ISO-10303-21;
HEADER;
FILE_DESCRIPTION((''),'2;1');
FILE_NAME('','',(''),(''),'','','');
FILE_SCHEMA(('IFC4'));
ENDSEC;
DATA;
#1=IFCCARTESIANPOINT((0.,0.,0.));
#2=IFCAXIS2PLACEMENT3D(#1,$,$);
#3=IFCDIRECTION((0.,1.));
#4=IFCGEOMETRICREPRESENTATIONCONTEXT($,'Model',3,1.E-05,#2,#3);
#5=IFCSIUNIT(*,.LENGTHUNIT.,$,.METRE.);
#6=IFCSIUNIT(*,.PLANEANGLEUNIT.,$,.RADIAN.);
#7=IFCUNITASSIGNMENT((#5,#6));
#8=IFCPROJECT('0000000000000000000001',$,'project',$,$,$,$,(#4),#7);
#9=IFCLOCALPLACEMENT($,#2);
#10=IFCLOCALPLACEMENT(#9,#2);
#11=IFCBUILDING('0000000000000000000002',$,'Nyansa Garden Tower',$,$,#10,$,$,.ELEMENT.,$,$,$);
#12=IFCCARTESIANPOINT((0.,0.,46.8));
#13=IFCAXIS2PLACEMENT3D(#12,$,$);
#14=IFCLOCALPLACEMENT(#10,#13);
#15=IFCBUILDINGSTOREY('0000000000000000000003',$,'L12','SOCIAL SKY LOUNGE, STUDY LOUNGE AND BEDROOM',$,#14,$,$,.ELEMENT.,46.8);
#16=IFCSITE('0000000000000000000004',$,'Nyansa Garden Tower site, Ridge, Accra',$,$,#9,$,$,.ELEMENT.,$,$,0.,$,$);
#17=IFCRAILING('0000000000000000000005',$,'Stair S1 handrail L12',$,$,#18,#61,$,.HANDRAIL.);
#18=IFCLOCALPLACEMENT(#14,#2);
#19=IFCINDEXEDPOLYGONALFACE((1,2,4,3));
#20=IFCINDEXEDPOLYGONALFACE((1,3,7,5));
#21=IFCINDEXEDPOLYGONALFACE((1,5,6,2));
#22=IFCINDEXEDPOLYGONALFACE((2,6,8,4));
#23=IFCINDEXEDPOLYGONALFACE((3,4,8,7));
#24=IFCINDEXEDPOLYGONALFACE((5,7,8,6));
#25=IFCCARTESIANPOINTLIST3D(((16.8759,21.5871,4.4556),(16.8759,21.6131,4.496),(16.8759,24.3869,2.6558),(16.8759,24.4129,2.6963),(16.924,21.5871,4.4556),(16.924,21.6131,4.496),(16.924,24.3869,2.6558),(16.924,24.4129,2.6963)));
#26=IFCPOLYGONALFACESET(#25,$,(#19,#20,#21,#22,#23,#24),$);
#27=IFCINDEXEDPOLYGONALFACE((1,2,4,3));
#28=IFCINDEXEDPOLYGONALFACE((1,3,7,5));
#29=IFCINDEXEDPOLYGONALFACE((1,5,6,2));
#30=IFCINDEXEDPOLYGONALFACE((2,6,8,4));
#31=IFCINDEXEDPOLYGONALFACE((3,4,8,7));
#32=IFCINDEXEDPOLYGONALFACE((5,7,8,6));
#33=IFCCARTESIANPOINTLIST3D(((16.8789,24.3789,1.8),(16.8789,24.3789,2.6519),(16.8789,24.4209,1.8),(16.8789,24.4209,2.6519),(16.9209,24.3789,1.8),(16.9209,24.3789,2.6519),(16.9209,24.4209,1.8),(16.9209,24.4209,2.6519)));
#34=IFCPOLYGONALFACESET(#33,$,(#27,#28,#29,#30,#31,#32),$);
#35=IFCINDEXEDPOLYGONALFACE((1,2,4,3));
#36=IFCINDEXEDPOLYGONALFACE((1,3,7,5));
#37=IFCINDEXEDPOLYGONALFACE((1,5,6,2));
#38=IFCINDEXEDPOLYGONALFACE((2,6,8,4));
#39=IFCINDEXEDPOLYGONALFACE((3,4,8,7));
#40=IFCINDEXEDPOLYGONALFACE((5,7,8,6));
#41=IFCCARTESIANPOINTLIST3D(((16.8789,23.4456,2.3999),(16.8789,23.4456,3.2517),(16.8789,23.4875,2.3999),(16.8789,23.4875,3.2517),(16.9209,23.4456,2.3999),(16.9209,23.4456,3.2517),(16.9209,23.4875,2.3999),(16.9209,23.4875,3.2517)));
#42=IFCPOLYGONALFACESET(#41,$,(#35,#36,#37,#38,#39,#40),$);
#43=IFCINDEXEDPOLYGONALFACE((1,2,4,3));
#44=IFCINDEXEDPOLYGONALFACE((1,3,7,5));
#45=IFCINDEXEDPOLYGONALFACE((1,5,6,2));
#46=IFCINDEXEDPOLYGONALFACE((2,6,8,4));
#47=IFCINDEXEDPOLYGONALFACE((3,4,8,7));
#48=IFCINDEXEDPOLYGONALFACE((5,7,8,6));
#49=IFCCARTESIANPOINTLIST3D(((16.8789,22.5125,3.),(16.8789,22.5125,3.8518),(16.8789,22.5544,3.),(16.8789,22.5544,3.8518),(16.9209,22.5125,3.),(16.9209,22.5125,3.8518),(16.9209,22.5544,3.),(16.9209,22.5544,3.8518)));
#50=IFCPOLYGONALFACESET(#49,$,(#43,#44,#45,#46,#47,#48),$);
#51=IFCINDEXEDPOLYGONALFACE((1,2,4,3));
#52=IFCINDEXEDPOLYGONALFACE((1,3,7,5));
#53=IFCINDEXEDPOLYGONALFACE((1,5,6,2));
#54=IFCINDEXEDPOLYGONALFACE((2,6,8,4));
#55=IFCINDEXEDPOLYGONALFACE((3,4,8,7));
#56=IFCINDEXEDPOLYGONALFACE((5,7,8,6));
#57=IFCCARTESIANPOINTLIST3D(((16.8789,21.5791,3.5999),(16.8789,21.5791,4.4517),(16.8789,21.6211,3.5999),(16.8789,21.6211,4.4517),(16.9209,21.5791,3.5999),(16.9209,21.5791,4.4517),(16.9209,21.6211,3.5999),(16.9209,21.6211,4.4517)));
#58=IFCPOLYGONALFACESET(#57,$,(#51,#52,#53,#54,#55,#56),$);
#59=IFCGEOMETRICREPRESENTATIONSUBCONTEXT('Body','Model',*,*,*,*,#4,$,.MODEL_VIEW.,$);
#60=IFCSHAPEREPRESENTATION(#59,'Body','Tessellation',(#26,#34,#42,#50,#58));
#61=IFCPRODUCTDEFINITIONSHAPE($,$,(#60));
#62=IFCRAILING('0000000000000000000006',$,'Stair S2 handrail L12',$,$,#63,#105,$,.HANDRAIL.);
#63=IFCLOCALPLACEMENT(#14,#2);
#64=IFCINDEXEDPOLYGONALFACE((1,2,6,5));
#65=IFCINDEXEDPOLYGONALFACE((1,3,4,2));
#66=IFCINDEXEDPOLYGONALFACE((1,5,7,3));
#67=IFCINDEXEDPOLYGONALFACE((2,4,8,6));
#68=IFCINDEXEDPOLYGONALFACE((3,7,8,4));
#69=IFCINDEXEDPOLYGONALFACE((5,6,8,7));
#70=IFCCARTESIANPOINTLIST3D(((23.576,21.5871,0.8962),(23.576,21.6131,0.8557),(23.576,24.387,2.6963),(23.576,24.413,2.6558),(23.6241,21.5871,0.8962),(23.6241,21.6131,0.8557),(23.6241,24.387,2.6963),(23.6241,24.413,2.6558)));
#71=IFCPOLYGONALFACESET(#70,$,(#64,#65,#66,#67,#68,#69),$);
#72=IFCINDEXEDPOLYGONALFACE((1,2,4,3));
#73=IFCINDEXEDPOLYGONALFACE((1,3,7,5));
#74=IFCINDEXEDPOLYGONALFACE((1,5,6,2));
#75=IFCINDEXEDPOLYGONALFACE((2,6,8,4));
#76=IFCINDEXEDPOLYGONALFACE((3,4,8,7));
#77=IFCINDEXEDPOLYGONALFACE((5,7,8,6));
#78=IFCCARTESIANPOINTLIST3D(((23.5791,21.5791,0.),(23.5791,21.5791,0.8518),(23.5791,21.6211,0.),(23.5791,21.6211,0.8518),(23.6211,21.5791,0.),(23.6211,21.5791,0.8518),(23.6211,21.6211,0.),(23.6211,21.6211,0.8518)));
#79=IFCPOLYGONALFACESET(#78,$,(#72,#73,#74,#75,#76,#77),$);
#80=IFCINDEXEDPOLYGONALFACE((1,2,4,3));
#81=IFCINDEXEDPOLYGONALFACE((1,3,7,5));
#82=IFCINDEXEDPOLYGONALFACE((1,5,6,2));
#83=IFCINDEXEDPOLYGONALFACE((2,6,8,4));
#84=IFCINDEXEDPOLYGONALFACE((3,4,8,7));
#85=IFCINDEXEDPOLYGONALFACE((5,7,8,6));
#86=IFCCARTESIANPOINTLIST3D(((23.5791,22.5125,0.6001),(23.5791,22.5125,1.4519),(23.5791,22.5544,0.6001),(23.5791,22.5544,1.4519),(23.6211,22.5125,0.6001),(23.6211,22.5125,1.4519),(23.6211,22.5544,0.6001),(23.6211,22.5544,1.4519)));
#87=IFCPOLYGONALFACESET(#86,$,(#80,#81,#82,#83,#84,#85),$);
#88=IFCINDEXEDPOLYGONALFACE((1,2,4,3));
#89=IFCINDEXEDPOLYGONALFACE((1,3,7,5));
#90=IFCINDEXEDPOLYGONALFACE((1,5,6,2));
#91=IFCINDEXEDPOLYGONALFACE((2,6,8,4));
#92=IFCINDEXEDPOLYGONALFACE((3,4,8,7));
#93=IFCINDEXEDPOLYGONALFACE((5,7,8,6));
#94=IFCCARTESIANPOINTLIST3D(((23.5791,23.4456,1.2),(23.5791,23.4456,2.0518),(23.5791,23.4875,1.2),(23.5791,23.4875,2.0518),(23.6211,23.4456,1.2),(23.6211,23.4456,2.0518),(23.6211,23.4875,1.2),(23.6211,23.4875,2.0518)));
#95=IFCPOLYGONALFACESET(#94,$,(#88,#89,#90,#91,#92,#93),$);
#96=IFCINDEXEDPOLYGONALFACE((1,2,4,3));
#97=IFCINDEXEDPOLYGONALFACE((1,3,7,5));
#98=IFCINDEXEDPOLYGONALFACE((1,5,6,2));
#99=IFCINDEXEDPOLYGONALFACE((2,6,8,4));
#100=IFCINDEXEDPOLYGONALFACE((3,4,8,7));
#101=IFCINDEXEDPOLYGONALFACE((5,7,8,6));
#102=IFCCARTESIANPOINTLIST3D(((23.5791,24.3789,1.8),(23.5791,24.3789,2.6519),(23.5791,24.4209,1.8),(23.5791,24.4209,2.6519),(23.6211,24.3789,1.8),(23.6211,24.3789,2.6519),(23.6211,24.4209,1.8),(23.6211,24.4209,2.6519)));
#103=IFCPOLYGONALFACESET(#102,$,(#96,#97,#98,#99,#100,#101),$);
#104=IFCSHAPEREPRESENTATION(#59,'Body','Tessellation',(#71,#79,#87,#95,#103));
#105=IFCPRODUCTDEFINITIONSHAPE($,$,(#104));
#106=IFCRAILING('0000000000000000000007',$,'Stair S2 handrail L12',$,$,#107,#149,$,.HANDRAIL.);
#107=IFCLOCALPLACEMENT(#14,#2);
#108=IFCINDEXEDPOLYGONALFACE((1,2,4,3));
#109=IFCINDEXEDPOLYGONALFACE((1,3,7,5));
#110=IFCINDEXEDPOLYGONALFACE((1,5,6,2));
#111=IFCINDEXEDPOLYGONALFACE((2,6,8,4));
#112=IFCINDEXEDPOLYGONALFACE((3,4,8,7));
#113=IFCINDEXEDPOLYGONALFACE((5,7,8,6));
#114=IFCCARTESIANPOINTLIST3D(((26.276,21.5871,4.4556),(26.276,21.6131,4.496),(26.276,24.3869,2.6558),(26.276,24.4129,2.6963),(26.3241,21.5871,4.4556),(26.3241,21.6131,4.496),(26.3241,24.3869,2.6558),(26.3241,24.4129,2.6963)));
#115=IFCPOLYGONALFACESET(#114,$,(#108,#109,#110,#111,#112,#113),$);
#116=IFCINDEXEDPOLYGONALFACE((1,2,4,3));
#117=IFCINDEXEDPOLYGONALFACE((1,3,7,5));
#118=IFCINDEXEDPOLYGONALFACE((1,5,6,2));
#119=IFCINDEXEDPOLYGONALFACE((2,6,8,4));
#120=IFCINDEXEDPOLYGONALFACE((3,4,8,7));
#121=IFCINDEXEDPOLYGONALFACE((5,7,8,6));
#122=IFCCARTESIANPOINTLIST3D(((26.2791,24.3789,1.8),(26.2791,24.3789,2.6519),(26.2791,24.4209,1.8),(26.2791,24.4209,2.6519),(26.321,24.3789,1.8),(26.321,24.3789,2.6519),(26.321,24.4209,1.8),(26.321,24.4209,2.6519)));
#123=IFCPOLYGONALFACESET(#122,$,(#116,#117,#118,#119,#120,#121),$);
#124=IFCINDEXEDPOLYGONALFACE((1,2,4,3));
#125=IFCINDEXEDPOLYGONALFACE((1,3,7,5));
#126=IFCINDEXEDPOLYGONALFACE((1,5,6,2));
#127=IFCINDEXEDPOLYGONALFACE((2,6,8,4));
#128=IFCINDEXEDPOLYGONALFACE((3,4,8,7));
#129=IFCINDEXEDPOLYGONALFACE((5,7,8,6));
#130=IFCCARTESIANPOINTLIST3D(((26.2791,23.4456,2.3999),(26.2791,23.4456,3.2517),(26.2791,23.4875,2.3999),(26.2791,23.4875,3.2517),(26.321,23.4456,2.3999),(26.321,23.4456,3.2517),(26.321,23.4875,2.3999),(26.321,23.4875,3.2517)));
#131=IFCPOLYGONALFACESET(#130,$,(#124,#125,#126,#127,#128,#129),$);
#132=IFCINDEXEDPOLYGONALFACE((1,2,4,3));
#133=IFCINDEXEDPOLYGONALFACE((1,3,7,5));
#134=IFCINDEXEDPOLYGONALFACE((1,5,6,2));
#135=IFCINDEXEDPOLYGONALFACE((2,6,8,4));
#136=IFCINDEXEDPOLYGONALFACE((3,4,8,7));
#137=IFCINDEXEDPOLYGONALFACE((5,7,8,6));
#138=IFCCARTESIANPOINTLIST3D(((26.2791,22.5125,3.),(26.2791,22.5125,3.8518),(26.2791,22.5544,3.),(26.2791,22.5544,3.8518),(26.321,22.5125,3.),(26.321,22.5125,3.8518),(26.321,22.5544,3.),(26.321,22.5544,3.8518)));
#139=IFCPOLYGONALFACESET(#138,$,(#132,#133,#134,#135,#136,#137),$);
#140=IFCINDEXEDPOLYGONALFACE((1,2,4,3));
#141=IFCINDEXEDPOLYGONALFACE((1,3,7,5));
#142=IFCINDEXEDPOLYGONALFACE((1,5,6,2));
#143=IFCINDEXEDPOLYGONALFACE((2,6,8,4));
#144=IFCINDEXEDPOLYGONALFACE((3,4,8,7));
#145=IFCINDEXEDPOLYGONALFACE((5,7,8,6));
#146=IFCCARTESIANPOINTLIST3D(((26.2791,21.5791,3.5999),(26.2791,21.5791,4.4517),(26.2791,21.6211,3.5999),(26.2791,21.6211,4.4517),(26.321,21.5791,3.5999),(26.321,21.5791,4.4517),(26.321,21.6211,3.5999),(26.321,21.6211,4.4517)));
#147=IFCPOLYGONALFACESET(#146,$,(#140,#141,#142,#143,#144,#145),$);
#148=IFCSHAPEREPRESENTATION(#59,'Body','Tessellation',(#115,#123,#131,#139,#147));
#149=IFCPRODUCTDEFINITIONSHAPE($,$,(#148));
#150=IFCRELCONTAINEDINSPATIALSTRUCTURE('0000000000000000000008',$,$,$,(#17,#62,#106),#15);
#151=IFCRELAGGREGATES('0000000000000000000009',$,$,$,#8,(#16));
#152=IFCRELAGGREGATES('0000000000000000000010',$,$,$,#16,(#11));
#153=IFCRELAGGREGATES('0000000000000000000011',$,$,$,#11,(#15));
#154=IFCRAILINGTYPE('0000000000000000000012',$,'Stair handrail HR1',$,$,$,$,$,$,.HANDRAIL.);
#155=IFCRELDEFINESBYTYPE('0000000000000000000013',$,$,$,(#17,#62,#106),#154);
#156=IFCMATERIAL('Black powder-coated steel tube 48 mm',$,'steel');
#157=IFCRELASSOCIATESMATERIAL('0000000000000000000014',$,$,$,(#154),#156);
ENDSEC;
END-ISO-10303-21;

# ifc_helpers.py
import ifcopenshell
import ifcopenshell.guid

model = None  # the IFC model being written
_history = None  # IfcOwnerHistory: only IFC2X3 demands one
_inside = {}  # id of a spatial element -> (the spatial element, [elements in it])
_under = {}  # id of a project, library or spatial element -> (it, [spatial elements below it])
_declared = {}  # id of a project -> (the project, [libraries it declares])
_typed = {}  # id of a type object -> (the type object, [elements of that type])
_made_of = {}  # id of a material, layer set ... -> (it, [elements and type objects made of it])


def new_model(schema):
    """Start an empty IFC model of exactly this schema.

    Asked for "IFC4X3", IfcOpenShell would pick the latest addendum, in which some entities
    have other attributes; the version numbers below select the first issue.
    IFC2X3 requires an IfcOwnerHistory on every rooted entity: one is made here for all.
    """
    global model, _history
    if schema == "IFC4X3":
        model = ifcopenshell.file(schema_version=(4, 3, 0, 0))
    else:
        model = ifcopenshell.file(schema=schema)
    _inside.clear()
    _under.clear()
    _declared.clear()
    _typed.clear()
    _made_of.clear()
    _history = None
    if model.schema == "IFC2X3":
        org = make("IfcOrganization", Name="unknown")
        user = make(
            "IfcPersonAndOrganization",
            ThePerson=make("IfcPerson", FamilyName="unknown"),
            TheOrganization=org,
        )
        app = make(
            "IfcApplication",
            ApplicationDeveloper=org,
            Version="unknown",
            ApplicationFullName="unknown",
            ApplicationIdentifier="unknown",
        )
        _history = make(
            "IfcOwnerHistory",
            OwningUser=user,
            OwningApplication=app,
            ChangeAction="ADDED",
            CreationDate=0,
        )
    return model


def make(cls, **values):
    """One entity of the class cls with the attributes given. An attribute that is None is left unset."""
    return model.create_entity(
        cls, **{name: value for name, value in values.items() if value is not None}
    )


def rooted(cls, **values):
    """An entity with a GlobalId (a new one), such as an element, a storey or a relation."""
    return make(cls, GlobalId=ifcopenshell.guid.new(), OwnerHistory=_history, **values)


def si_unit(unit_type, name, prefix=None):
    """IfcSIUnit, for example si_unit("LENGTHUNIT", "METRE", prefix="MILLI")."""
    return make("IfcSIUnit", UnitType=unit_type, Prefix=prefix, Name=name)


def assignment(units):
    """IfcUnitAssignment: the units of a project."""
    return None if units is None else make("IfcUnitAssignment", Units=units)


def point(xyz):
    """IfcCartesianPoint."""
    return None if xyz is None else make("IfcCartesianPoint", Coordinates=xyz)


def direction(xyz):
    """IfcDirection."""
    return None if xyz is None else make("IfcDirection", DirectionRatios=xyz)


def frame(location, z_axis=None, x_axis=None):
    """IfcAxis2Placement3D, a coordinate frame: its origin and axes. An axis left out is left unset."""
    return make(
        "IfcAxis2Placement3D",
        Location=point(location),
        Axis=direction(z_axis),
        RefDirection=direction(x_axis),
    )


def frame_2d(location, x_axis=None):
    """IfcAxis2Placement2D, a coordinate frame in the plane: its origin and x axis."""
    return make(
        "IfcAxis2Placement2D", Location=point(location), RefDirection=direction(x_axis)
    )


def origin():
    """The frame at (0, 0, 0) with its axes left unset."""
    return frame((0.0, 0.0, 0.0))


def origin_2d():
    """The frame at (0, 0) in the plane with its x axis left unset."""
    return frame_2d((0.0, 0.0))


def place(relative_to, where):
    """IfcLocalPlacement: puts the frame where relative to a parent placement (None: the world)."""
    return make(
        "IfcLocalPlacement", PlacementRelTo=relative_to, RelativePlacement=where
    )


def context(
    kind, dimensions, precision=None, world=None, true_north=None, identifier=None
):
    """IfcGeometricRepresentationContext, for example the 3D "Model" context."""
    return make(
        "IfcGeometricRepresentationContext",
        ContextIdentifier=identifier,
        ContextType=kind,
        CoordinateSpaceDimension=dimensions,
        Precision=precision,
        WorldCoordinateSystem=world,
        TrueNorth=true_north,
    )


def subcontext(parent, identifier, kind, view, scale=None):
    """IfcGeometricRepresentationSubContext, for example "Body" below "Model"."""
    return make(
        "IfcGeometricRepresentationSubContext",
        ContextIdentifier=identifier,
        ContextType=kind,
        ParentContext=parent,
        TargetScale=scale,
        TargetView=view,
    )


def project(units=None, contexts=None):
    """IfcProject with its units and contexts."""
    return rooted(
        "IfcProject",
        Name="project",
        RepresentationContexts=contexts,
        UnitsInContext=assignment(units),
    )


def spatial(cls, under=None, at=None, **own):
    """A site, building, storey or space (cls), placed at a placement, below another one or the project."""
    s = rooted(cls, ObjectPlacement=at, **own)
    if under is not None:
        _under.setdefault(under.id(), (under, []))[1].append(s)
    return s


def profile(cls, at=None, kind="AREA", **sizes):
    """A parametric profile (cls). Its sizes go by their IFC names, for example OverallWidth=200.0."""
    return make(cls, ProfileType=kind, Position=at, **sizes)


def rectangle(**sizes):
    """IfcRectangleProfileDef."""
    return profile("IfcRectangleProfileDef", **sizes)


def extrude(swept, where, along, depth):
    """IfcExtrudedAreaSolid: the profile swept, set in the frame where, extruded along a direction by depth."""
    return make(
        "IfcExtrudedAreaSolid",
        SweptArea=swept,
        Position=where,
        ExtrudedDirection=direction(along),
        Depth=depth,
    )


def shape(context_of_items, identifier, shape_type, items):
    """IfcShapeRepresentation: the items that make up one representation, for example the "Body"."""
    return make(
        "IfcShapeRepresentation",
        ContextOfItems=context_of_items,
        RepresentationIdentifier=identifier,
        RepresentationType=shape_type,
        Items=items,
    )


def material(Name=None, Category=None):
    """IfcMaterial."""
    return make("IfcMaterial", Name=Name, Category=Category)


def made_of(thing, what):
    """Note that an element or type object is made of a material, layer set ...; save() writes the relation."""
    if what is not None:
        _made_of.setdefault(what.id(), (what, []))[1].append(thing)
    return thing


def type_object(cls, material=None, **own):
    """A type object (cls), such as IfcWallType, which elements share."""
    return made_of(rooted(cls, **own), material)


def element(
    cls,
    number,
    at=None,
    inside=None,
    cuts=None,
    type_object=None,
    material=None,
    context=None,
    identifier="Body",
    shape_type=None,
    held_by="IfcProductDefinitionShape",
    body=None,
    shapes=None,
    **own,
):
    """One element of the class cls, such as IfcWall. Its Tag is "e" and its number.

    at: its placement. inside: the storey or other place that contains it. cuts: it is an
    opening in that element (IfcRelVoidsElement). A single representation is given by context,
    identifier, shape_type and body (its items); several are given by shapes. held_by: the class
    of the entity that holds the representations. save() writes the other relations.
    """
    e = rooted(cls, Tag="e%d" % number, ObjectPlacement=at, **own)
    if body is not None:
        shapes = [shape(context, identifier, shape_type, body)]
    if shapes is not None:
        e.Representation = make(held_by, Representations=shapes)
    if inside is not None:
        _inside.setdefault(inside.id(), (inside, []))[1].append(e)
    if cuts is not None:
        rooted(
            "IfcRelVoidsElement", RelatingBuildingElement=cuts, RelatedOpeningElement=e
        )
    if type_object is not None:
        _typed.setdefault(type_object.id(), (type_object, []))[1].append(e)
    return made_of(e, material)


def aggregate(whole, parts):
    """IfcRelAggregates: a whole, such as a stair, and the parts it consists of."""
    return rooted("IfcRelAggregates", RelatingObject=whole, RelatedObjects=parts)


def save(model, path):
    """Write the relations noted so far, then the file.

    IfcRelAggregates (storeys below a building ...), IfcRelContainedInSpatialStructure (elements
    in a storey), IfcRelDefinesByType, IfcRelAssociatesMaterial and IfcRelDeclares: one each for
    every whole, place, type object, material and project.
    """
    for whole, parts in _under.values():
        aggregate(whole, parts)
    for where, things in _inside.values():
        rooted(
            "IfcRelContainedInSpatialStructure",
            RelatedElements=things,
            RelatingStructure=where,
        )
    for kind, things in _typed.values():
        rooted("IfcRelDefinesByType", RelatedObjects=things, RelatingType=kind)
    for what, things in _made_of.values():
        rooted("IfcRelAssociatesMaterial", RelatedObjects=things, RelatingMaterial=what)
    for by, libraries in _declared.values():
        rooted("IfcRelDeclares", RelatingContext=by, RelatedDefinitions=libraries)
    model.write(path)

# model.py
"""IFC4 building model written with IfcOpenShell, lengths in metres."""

from ifc_helpers import new_model, si_unit, direction, frame, origin, origin_2d, place, context, subcontext, project, spatial, rectangle, extrude, material, type_object, element, save


model = new_model("IFC4")

# Units and contexts
model_context = context("Model", 3, precision=1e-05, world=origin(), true_north=direction((0.0, 1.0)))
body_context = subcontext(model_context, "Body", "Model", "MODEL_VIEW")
ifc_project = project(units=[si_unit("LENGTHUNIT", "METRE"), si_unit("PLANEANGLEUNIT", "RADIAN")], contexts=[model_context])

# Site, building, storey
site_placement = place(None, origin())
site = spatial("IfcSite", under=ifc_project, at=site_placement, Name="Nyansa Garden Tower site, Ridge, Accra", CompositionType="ELEMENT", RefElevation=0.0)
building_placement = place(site_placement, origin())
building = spatial("IfcBuilding", under=site, at=building_placement, Name="Nyansa Garden Tower", CompositionType="ELEMENT")
storey_placement = place(building_placement, frame((0.0, 0.0, 46.8)))
storey = spatial("IfcBuildingStorey", under=building, at=storey_placement, Name="L12", Description="SOCIAL SKY LOUNGE, STUDY LOUNGE AND BEDROOM", CompositionType="ELEMENT", Elevation=46.8)

# Railings
ifc_material_1 = material(Name="Black powder-coated steel tube 48 mm", Category="steel")
railing_type = type_object("IfcRailingType", Name="Stair handrail HR1", PredefinedType="HANDRAIL", material=ifc_material_1)
railing_1_placement = place(storey_placement, frame((16.8999, 24.3999, 1.8)))
element("IfcRailing", 1, at=railing_1_placement, inside=storey, type_object=railing_type, Name="Stair S1 handrail L12", PredefinedType="HANDRAIL", context=body_context, shape_type="SweptSolid", body=[
    extrude(rectangle(XDim=0.0481, YDim=0.0481, at=origin_2d()), frame((0.0, 0.0, 0.876), z_axis=(0.0, -0.841188, 0.540743), x_axis=(1.0, 0.0, 0.0)), (0.0, 0.0, 1.0), 3.3284),
    extrude(rectangle(XDim=0.042, YDim=0.042, at=origin_2d()), origin(), (0.0, 0.0, 1.0), 0.8518),
    extrude(rectangle(XDim=0.042, YDim=0.042, at=origin_2d()), frame((0.0, -0.9333, 0.5999)), (0.0, 0.0, 1.0), 0.8518),
    extrude(rectangle(XDim=0.042, YDim=0.042, at=origin_2d()), frame((0.0, -1.8665, 1.2)), (0.0, 0.0, 1.0), 0.8518),
    extrude(rectangle(XDim=0.042, YDim=0.042, at=origin_2d()), frame((0.0, -2.7998, 1.7998)), (0.0, 0.0, 1.0), 0.8518),
])
railing_2_placement = place(storey_placement, frame((23.6001, 21.6001, 0.0)))
element("IfcRailing", 2, at=railing_2_placement, inside=storey, type_object=railing_type, Name="Stair S2 handrail L12", PredefinedType="HANDRAIL", context=body_context, shape_type="SweptSolid", body=[
    extrude(rectangle(XDim=0.0481, YDim=0.0481, at=origin_2d()), frame((0.0, 0.0, 0.876), z_axis=(0.0, 0.841155, 0.540795), x_axis=(-1.0, 0.0, 0.0)), (0.0, 0.0, 1.0), 3.3286),
    extrude(rectangle(XDim=0.042, YDim=0.042, at=origin_2d()), origin(), (0.0, 0.0, 1.0), 0.8518),
    extrude(rectangle(XDim=0.042, YDim=0.042, at=origin_2d()), frame((0.0, 0.9333, 0.6001)), (0.0, 0.0, 1.0), 0.8518),
    extrude(rectangle(XDim=0.042, YDim=0.042, at=origin_2d()), frame((0.0, 1.8665, 1.2)), (0.0, 0.0, 1.0), 0.8518),
    extrude(rectangle(XDim=0.042, YDim=0.042, at=origin_2d()), frame((0.0, 2.7998, 1.8)), (0.0, 0.0, 1.0), 0.8518),
])
railing_3_placement = place(storey_placement, frame((26.3, 24.3999, 1.8)))
element("IfcRailing", 3, at=railing_3_placement, inside=storey, type_object=railing_type, Name="Stair S2 handrail L12", PredefinedType="HANDRAIL", context=body_context, shape_type="SweptSolid", body=[
    extrude(rectangle(XDim=0.0481, YDim=0.0481, at=origin_2d()), frame((0.0, 0.0, 0.876), z_axis=(0.0, -0.841188, 0.540743), x_axis=(1.0, 0.0, 0.0)), (0.0, 0.0, 1.0), 3.3284),
    extrude(rectangle(XDim=0.042, YDim=0.042, at=origin_2d()), origin(), (0.0, 0.0, 1.0), 0.8518),
    extrude(rectangle(XDim=0.042, YDim=0.042, at=origin_2d()), frame((0.0, -0.9333, 0.5999)), (0.0, 0.0, 1.0), 0.8518),
    extrude(rectangle(XDim=0.042, YDim=0.042, at=origin_2d()), frame((0.0, -1.8665, 1.2)), (0.0, 0.0, 1.0), 0.8518),
    extrude(rectangle(XDim=0.042, YDim=0.042, at=origin_2d()), frame((0.0, -2.7998, 1.7998)), (0.0, 0.0, 1.0), 0.8518),
])

save(model, "model.ifc")
